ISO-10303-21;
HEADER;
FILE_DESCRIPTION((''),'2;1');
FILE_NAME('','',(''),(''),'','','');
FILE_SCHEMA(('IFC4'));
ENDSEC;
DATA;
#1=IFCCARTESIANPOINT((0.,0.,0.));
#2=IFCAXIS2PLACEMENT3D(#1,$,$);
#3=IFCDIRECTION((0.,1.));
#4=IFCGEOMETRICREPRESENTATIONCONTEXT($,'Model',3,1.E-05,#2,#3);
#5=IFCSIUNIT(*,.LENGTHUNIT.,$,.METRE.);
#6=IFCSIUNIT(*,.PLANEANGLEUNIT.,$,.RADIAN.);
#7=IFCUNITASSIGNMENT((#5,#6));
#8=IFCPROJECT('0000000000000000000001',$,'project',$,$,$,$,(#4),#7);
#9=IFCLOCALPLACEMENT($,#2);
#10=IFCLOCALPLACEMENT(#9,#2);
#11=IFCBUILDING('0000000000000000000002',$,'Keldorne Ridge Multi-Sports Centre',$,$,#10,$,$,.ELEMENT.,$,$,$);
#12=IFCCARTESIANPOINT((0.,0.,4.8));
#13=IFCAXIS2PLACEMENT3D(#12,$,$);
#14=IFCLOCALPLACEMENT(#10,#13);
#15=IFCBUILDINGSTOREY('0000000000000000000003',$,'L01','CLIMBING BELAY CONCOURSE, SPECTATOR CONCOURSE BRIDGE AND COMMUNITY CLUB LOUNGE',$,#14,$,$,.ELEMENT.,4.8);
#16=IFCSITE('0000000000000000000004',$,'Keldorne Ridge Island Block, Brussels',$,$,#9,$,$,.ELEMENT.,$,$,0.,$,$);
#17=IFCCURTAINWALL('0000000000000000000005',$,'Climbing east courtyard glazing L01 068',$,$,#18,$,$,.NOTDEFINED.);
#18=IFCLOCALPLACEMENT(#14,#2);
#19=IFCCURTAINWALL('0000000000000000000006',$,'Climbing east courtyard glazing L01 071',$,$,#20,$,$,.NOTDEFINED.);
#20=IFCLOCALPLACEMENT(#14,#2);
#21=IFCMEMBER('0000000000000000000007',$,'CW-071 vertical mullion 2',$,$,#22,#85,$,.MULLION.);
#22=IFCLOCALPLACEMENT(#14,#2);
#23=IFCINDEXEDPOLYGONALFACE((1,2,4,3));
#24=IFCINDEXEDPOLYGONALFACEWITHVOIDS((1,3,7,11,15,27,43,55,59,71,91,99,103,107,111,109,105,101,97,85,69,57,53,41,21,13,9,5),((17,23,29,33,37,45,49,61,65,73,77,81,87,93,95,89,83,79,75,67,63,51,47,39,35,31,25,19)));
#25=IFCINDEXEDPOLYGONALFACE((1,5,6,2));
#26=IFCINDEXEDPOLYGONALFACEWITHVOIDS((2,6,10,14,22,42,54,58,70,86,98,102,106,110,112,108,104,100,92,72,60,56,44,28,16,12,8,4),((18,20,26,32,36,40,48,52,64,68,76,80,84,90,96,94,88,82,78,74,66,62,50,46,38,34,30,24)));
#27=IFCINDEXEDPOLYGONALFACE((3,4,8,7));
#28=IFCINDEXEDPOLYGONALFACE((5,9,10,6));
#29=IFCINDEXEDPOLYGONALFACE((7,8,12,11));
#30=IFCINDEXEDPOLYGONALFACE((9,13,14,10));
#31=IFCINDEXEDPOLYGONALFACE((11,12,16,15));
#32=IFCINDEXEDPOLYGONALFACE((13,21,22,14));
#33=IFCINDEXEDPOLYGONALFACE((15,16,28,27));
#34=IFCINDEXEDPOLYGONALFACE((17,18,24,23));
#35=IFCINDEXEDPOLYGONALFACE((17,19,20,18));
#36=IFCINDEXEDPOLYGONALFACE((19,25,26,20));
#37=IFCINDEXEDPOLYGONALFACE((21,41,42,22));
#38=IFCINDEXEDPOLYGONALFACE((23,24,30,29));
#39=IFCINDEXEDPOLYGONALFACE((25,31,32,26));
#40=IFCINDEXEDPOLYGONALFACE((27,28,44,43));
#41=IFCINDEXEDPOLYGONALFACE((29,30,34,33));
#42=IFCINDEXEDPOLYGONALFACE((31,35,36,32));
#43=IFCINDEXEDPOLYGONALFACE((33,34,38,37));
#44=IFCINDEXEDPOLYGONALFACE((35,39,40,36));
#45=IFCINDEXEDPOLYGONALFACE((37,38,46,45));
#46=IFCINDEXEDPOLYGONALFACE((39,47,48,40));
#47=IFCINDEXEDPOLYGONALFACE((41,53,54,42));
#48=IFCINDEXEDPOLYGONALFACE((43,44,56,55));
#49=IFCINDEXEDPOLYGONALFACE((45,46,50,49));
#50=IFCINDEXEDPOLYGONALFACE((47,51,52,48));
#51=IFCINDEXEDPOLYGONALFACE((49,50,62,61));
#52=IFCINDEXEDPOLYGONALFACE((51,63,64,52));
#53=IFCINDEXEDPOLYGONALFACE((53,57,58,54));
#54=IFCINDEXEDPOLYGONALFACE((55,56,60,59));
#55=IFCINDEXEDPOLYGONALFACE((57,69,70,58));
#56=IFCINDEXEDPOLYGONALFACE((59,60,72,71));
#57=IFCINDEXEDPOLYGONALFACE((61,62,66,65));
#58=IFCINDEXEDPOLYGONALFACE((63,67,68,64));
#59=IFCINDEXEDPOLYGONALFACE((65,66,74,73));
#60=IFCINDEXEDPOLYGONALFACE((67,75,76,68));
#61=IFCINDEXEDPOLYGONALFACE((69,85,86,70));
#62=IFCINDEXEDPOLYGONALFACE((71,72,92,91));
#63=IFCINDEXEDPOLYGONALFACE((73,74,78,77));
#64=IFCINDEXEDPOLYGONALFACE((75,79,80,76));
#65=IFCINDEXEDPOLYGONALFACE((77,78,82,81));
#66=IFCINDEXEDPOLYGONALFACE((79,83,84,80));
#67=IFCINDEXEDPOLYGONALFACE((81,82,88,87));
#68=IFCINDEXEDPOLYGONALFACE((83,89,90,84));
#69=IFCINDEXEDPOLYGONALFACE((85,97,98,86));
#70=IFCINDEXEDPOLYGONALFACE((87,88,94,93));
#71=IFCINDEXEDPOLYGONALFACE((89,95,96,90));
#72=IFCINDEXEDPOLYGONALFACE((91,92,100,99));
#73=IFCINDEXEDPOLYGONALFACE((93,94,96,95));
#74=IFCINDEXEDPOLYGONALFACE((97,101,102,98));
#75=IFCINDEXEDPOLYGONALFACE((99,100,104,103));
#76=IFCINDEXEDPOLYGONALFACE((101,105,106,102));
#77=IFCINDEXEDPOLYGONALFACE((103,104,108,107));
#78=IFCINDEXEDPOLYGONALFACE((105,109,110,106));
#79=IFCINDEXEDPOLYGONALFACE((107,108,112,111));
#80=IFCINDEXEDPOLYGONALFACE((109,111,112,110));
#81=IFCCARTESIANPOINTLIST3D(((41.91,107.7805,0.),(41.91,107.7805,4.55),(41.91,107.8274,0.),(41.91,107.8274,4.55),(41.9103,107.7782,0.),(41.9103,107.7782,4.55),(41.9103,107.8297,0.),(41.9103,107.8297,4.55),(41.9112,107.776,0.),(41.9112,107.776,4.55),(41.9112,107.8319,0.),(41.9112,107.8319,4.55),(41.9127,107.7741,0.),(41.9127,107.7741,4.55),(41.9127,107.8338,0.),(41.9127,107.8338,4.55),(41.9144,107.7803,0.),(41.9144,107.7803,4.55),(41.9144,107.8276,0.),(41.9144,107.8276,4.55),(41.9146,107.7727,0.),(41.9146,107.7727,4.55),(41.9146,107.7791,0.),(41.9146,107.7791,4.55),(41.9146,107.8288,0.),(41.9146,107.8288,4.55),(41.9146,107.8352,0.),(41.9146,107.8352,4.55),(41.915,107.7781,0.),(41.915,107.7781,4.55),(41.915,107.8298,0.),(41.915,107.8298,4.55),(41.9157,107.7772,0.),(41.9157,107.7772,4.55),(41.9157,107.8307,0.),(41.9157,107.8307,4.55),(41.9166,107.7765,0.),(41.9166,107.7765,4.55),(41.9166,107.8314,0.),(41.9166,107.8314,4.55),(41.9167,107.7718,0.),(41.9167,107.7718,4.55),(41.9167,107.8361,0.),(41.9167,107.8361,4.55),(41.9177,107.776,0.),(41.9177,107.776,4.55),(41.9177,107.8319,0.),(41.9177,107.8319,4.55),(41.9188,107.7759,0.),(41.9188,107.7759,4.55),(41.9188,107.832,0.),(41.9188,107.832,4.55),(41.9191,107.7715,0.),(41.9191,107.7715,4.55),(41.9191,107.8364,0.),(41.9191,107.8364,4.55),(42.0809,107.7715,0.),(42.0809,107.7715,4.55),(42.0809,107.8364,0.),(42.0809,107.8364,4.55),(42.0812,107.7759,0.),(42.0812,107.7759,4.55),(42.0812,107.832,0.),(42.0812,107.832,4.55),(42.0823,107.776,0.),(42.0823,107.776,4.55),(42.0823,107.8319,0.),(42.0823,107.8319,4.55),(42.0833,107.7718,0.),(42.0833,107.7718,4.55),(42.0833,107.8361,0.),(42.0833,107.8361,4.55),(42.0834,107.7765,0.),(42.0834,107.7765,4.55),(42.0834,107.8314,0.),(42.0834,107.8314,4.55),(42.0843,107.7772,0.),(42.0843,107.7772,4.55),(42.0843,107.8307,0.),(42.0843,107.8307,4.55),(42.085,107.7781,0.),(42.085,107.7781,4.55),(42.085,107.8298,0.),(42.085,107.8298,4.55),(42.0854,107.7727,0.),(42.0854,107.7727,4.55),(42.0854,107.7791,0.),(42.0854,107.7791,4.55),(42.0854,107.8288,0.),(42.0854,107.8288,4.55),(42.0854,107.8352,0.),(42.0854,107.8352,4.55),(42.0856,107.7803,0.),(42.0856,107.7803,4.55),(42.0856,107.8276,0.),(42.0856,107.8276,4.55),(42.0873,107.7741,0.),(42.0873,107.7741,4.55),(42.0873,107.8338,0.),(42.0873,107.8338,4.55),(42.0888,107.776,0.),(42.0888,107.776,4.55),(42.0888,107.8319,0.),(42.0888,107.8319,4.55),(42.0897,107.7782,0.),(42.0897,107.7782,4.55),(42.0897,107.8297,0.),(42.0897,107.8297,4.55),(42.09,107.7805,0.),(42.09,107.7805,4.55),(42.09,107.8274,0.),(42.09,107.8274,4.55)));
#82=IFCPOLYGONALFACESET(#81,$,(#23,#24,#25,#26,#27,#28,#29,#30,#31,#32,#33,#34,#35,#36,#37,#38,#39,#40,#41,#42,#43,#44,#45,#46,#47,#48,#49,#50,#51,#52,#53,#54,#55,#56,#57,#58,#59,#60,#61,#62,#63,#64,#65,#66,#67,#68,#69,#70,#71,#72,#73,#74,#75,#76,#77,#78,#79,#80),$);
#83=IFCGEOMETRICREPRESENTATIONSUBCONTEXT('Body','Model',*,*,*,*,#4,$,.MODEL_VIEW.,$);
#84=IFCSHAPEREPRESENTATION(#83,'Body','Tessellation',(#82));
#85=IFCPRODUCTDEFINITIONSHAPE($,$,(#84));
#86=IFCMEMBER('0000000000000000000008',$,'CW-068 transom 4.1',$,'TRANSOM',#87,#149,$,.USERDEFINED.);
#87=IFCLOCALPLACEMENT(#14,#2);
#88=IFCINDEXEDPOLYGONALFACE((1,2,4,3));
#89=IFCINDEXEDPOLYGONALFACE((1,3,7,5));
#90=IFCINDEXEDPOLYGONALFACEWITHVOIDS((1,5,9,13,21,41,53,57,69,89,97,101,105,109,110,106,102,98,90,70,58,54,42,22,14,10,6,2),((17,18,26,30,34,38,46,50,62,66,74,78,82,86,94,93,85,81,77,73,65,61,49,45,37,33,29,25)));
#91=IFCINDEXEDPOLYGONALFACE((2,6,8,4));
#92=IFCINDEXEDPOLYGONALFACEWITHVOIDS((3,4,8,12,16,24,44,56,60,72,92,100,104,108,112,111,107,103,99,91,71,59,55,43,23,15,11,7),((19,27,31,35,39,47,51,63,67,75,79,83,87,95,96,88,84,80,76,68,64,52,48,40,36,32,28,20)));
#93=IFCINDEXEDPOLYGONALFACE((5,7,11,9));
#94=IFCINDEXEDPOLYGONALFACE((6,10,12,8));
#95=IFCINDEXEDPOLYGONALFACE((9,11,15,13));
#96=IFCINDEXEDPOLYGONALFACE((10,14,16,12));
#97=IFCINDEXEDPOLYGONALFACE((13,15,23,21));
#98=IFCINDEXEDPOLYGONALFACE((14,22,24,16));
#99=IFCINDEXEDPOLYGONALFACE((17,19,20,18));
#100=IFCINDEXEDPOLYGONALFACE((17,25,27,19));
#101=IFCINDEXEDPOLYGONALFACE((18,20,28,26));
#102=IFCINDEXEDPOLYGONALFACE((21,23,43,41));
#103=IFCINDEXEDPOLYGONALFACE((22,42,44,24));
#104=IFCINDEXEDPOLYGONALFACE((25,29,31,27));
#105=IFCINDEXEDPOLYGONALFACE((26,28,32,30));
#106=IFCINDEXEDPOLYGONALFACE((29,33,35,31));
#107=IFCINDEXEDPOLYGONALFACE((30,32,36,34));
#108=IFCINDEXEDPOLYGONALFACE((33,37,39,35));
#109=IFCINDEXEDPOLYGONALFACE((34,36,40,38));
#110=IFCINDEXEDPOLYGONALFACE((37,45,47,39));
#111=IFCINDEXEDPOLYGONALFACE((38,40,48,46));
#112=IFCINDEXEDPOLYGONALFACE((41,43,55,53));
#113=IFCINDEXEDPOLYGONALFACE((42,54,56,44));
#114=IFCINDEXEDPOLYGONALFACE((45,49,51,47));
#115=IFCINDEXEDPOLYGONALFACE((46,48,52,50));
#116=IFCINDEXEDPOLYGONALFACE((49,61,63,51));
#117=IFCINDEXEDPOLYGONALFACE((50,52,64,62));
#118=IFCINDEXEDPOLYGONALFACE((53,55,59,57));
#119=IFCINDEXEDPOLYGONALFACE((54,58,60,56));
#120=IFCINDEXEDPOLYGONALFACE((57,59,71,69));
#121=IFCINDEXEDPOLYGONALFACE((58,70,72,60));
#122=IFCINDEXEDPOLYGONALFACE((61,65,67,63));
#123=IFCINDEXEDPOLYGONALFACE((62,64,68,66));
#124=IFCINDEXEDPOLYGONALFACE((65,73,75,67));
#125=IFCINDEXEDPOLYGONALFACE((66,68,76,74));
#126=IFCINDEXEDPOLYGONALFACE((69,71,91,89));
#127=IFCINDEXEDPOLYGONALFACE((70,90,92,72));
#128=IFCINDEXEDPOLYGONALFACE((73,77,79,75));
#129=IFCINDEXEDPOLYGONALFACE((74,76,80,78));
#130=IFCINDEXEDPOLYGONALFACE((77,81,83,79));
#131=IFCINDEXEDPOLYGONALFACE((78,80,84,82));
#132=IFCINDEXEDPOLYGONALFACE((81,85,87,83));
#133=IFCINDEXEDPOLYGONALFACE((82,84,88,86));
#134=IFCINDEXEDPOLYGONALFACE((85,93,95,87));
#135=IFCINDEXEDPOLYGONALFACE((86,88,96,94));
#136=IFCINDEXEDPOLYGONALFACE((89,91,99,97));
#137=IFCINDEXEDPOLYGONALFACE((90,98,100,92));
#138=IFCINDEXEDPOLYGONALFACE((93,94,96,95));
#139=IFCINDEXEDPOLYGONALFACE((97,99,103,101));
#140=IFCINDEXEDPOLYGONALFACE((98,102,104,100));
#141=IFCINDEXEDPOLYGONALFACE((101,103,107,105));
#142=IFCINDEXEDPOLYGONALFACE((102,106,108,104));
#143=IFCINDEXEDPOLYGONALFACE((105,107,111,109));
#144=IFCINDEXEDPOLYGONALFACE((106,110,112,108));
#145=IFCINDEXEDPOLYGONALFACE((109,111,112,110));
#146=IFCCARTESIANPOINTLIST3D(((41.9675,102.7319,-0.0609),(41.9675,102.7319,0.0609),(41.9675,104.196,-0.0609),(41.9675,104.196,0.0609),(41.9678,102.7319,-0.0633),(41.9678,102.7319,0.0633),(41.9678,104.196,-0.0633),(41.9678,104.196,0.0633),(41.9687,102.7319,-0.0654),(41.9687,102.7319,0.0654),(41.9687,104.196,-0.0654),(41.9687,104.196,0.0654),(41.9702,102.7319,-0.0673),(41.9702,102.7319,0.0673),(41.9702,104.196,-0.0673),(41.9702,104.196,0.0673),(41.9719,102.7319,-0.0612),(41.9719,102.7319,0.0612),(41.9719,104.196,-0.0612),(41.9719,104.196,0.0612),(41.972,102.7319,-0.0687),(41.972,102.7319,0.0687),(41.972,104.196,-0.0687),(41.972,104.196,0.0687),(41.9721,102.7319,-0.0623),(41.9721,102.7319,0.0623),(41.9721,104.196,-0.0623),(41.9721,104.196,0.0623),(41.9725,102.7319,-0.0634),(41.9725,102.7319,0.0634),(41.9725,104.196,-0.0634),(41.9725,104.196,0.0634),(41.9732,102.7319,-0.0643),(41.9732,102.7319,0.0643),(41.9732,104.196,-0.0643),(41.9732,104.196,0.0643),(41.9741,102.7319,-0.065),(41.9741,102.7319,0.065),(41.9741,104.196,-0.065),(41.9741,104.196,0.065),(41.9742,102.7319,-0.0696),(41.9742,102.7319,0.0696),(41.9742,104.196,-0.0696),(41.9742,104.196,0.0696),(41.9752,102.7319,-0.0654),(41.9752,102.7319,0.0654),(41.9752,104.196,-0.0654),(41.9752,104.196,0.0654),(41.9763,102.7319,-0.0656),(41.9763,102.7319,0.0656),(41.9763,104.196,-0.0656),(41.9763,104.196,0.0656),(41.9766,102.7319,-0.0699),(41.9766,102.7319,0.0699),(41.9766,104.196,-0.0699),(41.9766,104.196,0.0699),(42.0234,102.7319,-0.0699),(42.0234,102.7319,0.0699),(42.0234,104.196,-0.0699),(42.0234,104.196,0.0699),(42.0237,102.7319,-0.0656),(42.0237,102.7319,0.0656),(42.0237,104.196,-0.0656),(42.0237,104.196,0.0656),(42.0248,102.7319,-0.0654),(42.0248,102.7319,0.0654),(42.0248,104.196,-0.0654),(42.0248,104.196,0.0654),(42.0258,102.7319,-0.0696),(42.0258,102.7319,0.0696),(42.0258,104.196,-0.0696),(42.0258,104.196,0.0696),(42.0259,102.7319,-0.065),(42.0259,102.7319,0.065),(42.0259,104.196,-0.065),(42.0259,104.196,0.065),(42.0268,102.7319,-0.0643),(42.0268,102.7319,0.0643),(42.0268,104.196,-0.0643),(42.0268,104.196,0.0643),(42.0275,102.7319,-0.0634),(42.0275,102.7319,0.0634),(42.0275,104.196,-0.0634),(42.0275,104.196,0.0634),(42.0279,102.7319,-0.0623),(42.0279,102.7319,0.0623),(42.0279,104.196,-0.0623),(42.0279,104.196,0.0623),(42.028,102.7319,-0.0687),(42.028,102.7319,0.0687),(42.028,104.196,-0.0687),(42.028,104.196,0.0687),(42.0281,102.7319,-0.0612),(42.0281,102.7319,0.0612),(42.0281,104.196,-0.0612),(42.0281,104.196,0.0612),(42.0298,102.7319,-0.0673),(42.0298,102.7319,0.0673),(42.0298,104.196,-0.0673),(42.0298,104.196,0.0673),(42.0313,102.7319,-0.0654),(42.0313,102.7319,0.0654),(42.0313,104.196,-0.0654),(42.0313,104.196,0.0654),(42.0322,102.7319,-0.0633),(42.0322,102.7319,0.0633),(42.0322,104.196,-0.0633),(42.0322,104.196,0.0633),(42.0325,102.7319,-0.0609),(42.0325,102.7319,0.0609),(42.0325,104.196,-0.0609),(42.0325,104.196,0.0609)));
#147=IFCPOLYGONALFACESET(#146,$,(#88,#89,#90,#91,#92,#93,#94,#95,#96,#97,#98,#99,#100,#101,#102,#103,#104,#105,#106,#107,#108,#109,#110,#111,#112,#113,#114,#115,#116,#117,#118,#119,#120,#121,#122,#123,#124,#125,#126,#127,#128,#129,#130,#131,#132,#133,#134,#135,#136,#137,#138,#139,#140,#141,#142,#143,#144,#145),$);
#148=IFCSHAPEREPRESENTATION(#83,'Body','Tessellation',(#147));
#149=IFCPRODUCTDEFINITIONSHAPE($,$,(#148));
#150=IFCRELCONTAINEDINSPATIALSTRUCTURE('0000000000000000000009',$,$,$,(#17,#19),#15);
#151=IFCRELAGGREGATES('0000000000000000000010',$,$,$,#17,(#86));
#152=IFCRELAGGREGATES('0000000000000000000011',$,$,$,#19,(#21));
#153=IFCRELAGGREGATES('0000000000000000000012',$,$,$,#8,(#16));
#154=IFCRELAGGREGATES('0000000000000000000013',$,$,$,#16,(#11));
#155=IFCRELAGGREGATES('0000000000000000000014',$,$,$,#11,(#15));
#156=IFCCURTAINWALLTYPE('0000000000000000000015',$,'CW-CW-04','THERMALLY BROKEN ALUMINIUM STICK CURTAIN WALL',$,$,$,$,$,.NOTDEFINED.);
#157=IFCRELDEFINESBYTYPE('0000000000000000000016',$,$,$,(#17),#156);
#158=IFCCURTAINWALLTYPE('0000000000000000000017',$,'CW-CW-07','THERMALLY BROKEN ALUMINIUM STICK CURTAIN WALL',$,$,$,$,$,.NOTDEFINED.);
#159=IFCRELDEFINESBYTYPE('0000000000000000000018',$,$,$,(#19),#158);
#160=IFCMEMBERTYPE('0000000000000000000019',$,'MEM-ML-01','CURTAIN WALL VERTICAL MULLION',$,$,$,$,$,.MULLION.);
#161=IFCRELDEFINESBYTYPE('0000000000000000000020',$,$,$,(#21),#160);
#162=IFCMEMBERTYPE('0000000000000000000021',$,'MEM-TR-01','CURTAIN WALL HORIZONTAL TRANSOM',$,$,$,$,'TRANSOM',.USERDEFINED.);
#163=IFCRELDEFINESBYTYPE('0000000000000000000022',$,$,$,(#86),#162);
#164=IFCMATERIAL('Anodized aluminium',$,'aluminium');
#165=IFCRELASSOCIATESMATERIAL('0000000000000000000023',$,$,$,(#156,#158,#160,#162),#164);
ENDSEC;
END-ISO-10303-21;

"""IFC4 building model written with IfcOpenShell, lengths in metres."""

from ifc_helpers import new_model, si_unit, direction, frame, origin, origin_2d, place, context, subcontext, project, spatial, hollow_rectangle, extrude, material, material_profile, profile_set, type_object, element, aggregate, save


model = new_model("IFC4")

# Units and contexts
model_context = context("Model", 3, precision=1e-05, world=origin(), true_north=direction((0.0, 1.0)))
body_context = subcontext(model_context, "Body", "Model", "MODEL_VIEW")
ifc_project = project(units=[si_unit("LENGTHUNIT", "METRE"), si_unit("PLANEANGLEUNIT", "RADIAN")], contexts=[model_context])

# Site, building, storey
site_placement = place(None, origin())
site = spatial("IfcSite", under=ifc_project, at=site_placement, Name="Keldorne Ridge Island Block, Brussels", CompositionType="ELEMENT", RefElevation=0.0)
building_placement = place(site_placement, origin())
building = spatial("IfcBuilding", under=site, at=building_placement, Name="Keldorne Ridge Multi-Sports Centre", CompositionType="ELEMENT")
storey_placement = place(building_placement, frame((0.0, 0.0, 4.8)))
storey = spatial("IfcBuildingStorey", under=building, at=storey_placement, Name="L01", Description="CLIMBING BELAY CONCOURSE, SPECTATOR CONCOURSE BRIDGE AND COMMUNITY CLUB LOUNGE", CompositionType="ELEMENT", Elevation=4.8)

# Curtain walls, member
ifc_material_1 = material(Name="Anodized aluminium", Category="aluminium")
curtain_wall_type_1 = type_object("IfcCurtainWallType", Name="CW-CW-04", Description="THERMALLY BROKEN ALUMINIUM STICK CURTAIN WALL", PredefinedType="NOTDEFINED", material=ifc_material_1)
curtain_wall_1_placement = place(storey_placement, origin())
curtain_wall_1 = element("IfcCurtainWall", 1, at=curtain_wall_1_placement, inside=storey, type_object=curtain_wall_type_1, Name="Climbing east courtyard glazing L01 068", PredefinedType="NOTDEFINED")
ifc_material_profile_1 = material_profile(ifc_material_1, hollow_rectangle(XDim=0.0649, YDim=0.1799, WallThickness=0.0044, InnerFilletRadius=0.0044, OuterFilletRadius=0.009, at=origin_2d()), Name="ALU MULLION 180x65x4.5")
ifc_profile_set_1 = profile_set([ifc_material_profile_1], Name="Anodized aluminium")
member_type_1 = type_object("IfcMemberType", Name="MEM-ML-01", Description="CURTAIN WALL VERTICAL MULLION", PredefinedType="MULLION", material=ifc_profile_set_1)
curtain_wall_type_2 = type_object("IfcCurtainWallType", Name="CW-CW-07", Description="THERMALLY BROKEN ALUMINIUM STICK CURTAIN WALL", PredefinedType="NOTDEFINED", material=ifc_material_1)
curtain_wall_2_placement = place(storey_placement, origin())
curtain_wall_2 = element("IfcCurtainWall", 2, at=curtain_wall_2_placement, inside=storey, type_object=curtain_wall_type_2, Name="Climbing east courtyard glazing L01 071", PredefinedType="NOTDEFINED")
member_1_placement = place(storey_placement, frame((42.0, 107.804, 0.0), z_axis=(0.0, 0.0, 1.0), x_axis=(0.0, 1.0, 0.0)))
member_1 = element("IfcMember", 3, at=member_1_placement, type_object=member_type_1, Name="CW-071 vertical mullion 2", PredefinedType="MULLION", context=body_context, shape_type="SweptSolid", body=[
    extrude(hollow_rectangle(XDim=0.0649, YDim=0.1799, WallThickness=0.0044, InnerFilletRadius=0.0044, OuterFilletRadius=0.009, at=origin_2d()), origin(), (0.0, 0.0, 1.0), 4.55),
])

# Member
ifc_material_profile_2 = material_profile(ifc_material_1, hollow_rectangle(XDim=0.0649, YDim=0.1399, WallThickness=0.0044, InnerFilletRadius=0.0044, OuterFilletRadius=0.009, at=origin_2d()), Name="ALU TRANSOM 140x65x4.5")
ifc_profile_set_2 = profile_set([ifc_material_profile_2], Name="Anodized aluminium")
member_type_2 = type_object("IfcMemberType", Name="MEM-TR-01", Description="CURTAIN WALL HORIZONTAL TRANSOM", ElementType="TRANSOM", PredefinedType="USERDEFINED", material=ifc_profile_set_2)
member_2_placement = place(storey_placement, frame((42.0, 102.7319, 0.0), z_axis=(0.0, 1.0, 0.0), x_axis=(-1.0, 0.0, 0.0)))
member_2 = element("IfcMember", 4, at=member_2_placement, type_object=member_type_2, Name="CW-068 transom 4.1", ObjectType="TRANSOM", PredefinedType="USERDEFINED", context=body_context, shape_type="SweptSolid", body=[
    extrude(hollow_rectangle(XDim=0.0649, YDim=0.1399, WallThickness=0.0044, InnerFilletRadius=0.0044, OuterFilletRadius=0.009, at=origin_2d()), origin(), (0.0, 0.0, 1.0), 1.4641),
])

aggregate(curtain_wall_1, [member_2])
aggregate(curtain_wall_2, [member_1])

save(model, "model.ifc")
